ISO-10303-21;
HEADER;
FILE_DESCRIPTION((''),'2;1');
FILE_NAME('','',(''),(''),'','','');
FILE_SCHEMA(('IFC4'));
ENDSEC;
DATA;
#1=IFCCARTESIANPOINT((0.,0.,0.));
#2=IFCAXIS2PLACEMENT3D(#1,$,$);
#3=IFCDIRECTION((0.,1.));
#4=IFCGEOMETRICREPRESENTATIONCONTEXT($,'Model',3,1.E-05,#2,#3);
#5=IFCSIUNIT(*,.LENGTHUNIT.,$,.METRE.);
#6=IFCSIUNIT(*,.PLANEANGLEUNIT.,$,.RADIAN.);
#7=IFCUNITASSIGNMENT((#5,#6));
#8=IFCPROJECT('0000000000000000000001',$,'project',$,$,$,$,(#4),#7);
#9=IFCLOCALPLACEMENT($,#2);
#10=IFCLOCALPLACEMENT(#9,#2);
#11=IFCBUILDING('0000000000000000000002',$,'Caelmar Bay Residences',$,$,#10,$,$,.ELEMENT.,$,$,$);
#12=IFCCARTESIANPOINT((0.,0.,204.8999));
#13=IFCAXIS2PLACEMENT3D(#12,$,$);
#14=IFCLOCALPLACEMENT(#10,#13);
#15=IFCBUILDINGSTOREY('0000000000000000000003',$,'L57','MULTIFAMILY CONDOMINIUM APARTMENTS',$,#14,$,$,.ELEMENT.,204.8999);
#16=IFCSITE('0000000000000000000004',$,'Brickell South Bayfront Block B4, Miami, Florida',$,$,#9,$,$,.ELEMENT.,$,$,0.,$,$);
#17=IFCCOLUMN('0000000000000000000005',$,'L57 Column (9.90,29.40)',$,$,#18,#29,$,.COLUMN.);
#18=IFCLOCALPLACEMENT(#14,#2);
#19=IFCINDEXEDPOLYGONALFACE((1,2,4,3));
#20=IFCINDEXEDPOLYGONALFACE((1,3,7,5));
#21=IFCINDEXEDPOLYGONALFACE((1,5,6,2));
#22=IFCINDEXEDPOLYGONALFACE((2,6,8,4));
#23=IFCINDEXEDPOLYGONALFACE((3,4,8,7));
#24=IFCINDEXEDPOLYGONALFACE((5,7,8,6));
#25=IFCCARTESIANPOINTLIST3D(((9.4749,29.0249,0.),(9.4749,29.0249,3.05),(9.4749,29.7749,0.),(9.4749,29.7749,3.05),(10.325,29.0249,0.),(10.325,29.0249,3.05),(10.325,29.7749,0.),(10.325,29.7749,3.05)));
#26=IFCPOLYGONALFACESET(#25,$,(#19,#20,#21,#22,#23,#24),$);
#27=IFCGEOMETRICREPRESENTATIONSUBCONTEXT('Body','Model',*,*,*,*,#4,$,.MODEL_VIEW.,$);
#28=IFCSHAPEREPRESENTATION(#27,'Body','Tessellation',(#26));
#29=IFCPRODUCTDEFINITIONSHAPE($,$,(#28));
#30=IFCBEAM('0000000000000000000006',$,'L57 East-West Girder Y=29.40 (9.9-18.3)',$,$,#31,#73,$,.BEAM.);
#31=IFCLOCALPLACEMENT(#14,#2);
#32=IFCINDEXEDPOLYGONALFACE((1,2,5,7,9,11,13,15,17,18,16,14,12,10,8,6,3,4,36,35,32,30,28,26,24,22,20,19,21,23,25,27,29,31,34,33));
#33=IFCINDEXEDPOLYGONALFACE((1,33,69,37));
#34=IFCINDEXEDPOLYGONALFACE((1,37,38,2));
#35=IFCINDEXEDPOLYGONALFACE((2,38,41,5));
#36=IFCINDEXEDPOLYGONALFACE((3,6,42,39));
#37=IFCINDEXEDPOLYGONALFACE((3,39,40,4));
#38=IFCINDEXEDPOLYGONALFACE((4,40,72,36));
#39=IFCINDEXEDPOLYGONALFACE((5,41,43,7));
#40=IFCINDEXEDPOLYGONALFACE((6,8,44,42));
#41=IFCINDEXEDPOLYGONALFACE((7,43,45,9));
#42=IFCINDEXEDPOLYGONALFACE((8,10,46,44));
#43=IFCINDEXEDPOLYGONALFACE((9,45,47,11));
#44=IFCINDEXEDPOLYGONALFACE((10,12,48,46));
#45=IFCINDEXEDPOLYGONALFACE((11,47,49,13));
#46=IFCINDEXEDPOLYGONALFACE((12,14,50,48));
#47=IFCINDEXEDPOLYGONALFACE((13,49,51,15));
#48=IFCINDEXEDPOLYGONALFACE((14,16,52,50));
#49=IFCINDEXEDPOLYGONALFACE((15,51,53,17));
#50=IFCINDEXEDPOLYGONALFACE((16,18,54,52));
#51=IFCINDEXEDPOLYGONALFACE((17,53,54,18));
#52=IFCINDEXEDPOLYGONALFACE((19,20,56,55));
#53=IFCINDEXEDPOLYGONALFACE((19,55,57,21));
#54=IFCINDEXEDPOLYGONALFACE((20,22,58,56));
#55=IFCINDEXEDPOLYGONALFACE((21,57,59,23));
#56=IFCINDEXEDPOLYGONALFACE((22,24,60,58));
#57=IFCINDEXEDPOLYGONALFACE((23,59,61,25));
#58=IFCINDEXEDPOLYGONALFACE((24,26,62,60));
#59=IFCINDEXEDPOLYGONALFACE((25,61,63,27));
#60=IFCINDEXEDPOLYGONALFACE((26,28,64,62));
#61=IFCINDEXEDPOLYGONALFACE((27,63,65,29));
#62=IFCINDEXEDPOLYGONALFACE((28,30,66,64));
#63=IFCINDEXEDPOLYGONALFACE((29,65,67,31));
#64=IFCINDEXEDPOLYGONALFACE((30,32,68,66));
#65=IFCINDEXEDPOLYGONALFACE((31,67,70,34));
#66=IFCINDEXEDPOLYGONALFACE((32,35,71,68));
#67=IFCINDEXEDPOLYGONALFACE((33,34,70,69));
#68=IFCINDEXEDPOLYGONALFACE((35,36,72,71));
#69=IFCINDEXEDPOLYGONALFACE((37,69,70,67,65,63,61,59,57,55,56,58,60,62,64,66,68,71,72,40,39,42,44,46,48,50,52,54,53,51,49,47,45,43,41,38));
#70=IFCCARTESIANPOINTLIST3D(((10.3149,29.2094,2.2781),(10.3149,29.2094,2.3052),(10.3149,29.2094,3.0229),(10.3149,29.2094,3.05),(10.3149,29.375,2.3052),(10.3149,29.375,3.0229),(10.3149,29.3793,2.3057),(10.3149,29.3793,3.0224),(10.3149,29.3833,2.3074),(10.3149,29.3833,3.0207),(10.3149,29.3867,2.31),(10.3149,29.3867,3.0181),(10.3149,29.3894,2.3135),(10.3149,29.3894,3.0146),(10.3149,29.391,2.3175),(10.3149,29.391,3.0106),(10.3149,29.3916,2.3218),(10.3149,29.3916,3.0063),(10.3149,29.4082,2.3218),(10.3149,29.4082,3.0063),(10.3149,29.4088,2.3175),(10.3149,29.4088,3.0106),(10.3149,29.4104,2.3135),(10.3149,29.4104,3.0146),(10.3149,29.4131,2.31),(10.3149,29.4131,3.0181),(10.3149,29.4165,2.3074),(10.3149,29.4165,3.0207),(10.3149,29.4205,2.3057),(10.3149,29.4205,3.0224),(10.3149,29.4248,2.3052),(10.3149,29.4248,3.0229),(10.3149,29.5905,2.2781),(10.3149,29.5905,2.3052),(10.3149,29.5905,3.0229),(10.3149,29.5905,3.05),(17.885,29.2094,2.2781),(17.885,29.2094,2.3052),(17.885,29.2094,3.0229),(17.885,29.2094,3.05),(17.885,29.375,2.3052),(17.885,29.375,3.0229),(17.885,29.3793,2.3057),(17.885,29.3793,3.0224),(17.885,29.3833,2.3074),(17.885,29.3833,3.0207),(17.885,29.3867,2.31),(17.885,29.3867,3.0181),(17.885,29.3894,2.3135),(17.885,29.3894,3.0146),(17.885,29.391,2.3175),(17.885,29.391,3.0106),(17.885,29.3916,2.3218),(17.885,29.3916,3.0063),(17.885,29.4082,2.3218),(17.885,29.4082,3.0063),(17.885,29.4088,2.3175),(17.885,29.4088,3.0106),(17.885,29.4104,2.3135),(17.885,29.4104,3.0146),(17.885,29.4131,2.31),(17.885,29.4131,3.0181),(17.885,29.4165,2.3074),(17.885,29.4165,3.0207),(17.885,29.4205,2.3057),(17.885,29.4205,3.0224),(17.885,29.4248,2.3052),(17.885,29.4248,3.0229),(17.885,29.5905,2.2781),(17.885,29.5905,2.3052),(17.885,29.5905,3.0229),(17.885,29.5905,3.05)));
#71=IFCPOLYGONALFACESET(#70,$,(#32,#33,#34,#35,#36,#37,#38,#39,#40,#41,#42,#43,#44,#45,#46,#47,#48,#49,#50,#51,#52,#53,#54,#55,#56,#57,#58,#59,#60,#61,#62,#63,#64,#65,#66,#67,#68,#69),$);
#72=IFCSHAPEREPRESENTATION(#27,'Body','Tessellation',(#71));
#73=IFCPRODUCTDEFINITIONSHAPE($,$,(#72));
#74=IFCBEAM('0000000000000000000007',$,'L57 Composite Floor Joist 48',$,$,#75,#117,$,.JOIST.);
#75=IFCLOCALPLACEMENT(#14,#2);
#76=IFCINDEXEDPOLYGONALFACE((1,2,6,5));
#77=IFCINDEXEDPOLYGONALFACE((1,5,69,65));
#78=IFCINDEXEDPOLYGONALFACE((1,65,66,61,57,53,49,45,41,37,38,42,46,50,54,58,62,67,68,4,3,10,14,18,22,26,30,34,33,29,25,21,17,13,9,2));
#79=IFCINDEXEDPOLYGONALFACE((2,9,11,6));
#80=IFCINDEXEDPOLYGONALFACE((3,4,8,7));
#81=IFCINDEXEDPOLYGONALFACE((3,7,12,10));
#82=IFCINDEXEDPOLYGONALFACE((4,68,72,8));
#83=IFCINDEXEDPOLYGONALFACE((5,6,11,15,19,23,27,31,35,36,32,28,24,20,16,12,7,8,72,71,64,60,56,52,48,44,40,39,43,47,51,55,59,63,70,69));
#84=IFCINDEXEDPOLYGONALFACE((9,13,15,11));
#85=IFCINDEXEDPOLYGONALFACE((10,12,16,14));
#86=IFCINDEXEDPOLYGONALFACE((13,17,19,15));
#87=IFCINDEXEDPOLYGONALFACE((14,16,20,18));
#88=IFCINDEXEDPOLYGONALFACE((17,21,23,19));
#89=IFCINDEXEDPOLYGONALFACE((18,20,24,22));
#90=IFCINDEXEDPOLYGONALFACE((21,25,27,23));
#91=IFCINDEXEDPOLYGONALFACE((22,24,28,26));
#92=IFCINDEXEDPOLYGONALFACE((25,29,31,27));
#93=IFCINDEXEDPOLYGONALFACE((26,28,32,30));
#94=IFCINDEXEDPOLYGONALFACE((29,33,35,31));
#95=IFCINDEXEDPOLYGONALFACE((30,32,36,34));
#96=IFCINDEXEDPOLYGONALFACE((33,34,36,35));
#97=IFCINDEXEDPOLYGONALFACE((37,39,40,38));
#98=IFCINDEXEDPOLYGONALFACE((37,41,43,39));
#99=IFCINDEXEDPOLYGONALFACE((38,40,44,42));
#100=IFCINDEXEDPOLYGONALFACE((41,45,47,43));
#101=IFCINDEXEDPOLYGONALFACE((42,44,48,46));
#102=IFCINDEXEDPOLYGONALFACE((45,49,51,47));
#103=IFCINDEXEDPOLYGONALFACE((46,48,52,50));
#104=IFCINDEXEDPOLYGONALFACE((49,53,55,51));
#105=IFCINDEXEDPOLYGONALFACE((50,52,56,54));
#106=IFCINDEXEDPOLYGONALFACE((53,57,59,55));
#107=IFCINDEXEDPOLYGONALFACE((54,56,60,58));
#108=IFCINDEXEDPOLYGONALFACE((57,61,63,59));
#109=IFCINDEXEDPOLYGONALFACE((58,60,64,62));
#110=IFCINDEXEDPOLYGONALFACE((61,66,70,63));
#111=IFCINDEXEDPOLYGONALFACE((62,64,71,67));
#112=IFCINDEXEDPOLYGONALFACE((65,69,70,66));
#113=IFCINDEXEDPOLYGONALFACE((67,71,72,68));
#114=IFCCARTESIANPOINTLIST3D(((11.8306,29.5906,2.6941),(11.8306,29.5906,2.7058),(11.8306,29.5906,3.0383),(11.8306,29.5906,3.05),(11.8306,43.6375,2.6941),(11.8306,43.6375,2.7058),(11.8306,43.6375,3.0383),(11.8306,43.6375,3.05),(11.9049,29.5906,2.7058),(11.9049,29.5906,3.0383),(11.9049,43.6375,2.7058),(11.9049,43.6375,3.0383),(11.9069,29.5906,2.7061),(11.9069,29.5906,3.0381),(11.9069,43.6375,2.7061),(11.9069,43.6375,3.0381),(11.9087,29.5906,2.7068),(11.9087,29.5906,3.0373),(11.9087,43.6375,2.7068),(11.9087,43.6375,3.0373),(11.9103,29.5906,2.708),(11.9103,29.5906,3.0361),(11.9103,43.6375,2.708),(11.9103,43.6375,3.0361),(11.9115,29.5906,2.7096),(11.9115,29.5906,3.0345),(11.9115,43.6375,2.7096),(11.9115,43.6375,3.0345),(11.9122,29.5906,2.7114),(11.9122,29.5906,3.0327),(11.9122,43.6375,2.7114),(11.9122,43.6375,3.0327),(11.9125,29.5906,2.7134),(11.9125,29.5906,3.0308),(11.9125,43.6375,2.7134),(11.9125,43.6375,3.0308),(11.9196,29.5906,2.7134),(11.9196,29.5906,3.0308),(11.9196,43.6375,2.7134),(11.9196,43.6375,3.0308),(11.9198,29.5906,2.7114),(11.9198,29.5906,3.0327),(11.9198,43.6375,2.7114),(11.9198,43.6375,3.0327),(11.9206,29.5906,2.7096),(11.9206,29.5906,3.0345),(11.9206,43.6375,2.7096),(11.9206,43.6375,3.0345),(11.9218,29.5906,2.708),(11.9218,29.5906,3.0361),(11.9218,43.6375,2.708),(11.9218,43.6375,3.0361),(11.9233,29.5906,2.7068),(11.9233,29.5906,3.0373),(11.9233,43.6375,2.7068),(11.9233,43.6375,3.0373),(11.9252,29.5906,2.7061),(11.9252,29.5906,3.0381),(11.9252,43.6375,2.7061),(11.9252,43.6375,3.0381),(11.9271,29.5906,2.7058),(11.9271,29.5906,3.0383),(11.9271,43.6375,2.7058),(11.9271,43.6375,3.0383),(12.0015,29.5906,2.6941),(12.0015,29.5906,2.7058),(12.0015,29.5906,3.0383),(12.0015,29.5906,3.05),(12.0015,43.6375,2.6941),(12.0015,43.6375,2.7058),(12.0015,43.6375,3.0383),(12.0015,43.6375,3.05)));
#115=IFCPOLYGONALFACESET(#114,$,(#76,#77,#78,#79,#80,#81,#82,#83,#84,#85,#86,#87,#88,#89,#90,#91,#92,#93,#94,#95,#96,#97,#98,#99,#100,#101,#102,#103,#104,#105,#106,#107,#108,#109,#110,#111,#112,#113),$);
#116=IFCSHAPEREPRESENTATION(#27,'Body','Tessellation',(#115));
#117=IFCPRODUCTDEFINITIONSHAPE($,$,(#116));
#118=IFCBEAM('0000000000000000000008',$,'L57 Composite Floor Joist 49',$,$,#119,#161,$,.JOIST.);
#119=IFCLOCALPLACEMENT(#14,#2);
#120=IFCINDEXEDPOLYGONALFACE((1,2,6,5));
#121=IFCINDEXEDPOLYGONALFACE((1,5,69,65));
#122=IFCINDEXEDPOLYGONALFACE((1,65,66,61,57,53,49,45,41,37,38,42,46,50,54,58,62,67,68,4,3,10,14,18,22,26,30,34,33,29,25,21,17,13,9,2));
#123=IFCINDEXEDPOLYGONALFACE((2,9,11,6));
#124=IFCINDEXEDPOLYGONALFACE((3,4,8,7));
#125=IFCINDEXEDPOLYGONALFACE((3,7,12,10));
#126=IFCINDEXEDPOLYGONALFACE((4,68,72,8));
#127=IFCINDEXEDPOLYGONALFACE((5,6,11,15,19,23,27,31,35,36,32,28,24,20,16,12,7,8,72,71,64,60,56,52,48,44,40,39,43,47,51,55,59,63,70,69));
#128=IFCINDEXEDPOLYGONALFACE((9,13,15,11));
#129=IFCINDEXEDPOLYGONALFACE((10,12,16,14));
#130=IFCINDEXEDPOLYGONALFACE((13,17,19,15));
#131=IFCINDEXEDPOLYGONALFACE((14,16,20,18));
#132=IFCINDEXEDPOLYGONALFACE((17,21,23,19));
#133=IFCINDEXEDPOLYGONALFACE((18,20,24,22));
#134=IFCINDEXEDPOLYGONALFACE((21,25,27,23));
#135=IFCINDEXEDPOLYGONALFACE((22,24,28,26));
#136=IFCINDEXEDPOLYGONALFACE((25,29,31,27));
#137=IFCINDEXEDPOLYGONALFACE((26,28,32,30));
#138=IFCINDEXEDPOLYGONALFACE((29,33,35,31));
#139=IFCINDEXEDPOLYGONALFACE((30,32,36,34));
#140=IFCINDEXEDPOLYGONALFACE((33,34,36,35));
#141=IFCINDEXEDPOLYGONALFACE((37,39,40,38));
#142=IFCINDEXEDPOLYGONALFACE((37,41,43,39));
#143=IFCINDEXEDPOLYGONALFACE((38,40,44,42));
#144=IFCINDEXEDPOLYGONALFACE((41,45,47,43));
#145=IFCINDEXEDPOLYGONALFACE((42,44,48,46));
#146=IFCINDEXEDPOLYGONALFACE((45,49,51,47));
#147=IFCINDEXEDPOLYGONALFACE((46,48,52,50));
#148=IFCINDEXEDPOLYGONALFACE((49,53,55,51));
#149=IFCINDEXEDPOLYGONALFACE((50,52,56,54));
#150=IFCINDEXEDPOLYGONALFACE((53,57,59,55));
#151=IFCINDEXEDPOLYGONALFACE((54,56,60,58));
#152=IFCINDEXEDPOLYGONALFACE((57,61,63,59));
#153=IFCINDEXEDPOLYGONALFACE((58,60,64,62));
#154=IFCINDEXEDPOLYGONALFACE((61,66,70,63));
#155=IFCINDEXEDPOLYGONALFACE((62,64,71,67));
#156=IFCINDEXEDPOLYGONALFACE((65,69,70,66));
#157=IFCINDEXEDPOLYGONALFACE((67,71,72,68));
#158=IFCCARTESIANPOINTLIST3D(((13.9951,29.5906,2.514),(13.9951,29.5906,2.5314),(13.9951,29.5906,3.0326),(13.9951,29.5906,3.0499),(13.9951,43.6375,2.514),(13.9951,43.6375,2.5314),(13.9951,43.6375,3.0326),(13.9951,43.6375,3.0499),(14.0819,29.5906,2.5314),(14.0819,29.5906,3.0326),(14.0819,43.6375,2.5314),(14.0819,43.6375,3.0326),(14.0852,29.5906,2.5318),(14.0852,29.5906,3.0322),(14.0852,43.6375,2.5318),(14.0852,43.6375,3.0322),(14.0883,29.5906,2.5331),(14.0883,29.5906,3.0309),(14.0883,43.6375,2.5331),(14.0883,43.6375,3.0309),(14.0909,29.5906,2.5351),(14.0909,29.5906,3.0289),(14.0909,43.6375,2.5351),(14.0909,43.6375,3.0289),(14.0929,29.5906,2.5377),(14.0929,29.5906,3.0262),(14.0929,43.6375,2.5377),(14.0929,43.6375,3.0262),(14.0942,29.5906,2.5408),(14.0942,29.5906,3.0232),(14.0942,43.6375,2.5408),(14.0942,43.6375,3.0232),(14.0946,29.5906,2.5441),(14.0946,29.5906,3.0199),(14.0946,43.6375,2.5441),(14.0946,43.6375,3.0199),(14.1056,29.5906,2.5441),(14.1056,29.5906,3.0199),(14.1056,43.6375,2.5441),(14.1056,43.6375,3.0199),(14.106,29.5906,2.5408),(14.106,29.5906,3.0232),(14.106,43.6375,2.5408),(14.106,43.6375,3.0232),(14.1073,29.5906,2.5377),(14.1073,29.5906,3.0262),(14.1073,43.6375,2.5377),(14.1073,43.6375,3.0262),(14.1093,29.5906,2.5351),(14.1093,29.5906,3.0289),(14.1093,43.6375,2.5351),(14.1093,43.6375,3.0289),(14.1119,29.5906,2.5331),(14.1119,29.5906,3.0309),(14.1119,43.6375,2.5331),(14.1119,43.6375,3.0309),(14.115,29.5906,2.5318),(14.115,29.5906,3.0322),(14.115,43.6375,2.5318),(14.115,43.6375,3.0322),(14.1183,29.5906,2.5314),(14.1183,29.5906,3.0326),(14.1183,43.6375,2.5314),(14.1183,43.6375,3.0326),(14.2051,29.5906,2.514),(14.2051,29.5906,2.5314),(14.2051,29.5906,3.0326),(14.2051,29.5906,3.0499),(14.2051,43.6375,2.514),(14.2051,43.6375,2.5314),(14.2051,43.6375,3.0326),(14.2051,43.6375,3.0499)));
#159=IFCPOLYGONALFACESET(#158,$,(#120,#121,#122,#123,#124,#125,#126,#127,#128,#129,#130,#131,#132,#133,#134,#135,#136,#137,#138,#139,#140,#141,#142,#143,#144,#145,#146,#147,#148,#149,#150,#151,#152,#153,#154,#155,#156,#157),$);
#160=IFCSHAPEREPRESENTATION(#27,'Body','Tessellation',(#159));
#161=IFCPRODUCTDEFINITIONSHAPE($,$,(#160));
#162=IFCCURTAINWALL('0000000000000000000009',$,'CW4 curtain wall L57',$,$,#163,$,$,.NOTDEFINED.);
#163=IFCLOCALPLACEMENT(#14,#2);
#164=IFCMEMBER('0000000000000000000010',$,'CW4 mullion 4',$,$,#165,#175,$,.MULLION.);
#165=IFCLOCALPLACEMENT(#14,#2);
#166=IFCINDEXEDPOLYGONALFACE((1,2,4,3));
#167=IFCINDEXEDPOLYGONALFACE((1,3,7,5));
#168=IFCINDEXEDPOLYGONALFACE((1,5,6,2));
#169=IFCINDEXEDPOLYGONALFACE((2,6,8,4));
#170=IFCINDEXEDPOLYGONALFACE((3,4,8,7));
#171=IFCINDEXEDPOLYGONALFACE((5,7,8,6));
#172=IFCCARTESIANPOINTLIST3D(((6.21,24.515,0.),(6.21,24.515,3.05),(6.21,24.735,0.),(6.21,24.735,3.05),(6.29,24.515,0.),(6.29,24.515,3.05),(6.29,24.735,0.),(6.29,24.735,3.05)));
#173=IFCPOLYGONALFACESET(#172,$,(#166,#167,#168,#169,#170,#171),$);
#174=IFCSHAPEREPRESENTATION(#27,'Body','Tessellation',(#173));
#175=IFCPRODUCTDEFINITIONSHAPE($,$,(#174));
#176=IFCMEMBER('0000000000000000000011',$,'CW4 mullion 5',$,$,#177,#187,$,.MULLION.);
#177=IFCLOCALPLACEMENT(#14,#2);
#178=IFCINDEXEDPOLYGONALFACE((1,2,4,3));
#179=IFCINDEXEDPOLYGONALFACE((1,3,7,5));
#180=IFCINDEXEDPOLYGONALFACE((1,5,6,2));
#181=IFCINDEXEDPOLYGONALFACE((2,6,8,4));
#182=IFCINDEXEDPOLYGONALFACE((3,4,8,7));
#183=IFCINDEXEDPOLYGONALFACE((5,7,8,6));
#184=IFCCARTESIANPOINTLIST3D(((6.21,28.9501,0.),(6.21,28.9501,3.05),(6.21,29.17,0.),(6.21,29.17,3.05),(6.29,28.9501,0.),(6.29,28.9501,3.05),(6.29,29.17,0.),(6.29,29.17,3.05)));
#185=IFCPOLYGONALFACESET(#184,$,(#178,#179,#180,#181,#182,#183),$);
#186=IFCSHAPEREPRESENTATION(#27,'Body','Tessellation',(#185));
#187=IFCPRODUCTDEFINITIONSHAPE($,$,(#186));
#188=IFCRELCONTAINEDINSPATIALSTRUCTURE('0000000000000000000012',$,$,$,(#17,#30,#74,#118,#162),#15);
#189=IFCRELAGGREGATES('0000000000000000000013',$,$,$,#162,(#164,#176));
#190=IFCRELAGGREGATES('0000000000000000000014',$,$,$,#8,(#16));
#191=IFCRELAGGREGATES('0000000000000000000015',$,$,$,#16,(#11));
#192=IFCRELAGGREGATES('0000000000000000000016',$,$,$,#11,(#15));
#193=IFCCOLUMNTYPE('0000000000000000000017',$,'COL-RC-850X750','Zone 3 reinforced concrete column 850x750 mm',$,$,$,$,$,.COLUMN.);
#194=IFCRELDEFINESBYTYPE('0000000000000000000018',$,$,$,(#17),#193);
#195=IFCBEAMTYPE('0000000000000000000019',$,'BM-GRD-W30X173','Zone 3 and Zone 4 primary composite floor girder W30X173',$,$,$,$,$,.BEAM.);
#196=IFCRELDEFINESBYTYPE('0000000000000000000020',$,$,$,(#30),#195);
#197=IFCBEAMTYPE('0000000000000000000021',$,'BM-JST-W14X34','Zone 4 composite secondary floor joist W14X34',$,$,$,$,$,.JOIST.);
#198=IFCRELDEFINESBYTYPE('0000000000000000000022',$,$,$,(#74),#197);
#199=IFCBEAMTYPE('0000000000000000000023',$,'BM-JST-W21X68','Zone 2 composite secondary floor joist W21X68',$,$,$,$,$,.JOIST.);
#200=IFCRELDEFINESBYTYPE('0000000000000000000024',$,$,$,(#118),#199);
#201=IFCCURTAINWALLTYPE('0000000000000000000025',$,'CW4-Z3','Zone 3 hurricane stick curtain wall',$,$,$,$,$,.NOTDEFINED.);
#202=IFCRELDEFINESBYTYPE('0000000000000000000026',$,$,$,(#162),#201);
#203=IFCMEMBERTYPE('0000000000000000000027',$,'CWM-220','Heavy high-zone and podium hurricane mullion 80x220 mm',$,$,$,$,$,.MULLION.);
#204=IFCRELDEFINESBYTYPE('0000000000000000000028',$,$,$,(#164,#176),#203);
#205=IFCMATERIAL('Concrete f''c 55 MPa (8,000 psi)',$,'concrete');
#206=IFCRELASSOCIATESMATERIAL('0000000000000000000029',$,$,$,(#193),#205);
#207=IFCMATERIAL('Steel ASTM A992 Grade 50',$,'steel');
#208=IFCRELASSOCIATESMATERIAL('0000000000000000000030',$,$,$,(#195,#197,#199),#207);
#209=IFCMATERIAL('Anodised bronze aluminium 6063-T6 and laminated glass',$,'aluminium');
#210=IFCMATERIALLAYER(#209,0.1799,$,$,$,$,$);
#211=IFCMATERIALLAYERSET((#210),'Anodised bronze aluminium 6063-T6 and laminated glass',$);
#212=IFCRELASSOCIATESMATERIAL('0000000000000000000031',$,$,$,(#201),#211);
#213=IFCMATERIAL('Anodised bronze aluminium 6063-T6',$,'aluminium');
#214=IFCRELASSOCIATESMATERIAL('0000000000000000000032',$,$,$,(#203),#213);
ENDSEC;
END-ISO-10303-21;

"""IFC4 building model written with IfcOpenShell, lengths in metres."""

from ifc_helpers import new_model, si_unit, direction, frame, origin, origin_2d, place, context, subcontext, project, spatial, rectangle, i_section, extrude, material, layer, layer_set, material_profile, profile_set, type_object, element, aggregate, save


model = new_model("IFC4")

# Units and contexts
model_context = context("Model", 3, precision=1e-05, world=origin(), true_north=direction((0.0, 1.0)))
body_context = subcontext(model_context, "Body", "Model", "MODEL_VIEW")
ifc_project = project(units=[si_unit("LENGTHUNIT", "METRE"), si_unit("PLANEANGLEUNIT", "RADIAN")], contexts=[model_context])

# Site, building, storey
site_placement = place(None, origin())
site = spatial("IfcSite", under=ifc_project, at=site_placement, Name="Brickell South Bayfront Block B4, Miami, Florida", CompositionType="ELEMENT", RefElevation=0.0)
building_placement = place(site_placement, origin())
building = spatial("IfcBuilding", under=site, at=building_placement, Name="Caelmar Bay Residences", CompositionType="ELEMENT")
storey_placement = place(building_placement, frame((0.0, 0.0, 204.8999)))
storey = spatial("IfcBuildingStorey", under=building, at=storey_placement, Name="L57", Description="MULTIFAMILY CONDOMINIUM APARTMENTS", CompositionType="ELEMENT", Elevation=204.8999)

# Column
ifc_material_1 = material(Name="Concrete f'c 55 MPa (8,000 psi)", Category="concrete")
ifc_material_profile_1 = material_profile(ifc_material_1, rectangle(XDim=0.8501, YDim=0.75, at=origin_2d()), Name="RC-COL-850X750")
ifc_profile_set_1 = profile_set([ifc_material_profile_1], Name="Concrete f'c 55 MPa (8,000 psi)")
column_type = type_object("IfcColumnType", Name="COL-RC-850X750", Description="Zone 3 reinforced concrete column 850x750 mm", PredefinedType="COLUMN", material=ifc_profile_set_1)
column_placement = place(storey_placement, frame((9.8999, 29.3999, 0.0), z_axis=(0.0, 0.0, 1.0), x_axis=(1.0, 0.0, 0.0)))
element("IfcColumn", 1, at=column_placement, inside=storey, type_object=column_type, Name="L57 Column (9.90,29.40)", PredefinedType="COLUMN", context=body_context, shape_type="SweptSolid", body=[
    extrude(rectangle(XDim=0.8501, YDim=0.75, at=origin_2d()), origin(), (0.0, 0.0, 1.0), 3.05),
])

# Beams
ifc_material_2 = material(Name="Steel ASTM A992 Grade 50", Category="steel")
ifc_material_profile_2 = material_profile(ifc_material_2, i_section(OverallWidth=0.3811, OverallDepth=0.772, WebThickness=0.0166, FlangeThickness=0.0271, FilletRadius=0.0166, at=origin_2d()), Name="W30X173")
ifc_profile_set_2 = profile_set([ifc_material_profile_2], Name="Steel ASTM A992 Grade 50")
beam_type_1 = type_object("IfcBeamType", Name="BM-GRD-W30X173", Description="Zone 3 and Zone 4 primary composite floor girder W30X173", PredefinedType="BEAM", material=ifc_profile_set_2)
beam_1_placement = place(storey_placement, frame((10.3149, 29.3999, 2.6641), z_axis=(1.0, 0.0, 0.0), x_axis=(0.0, 1.0, 0.0)))
element("IfcBeam", 2, at=beam_1_placement, inside=storey, type_object=beam_type_1, Name="L57 East-West Girder Y=29.40 (9.9-18.3)", PredefinedType="BEAM", context=body_context, shape_type="SweptSolid", body=[
    extrude(i_section(OverallWidth=0.3811, OverallDepth=0.772, WebThickness=0.0166, FlangeThickness=0.0271, FilletRadius=0.0166, at=origin_2d()), origin(), (0.0, 0.0, 1.0), 7.5701),
])
ifc_material_profile_3 = material_profile(ifc_material_2, i_section(OverallWidth=0.1709, OverallDepth=0.356, WebThickness=0.0071, FlangeThickness=0.0117, FilletRadius=0.0076, at=origin_2d()), Name="W14X34")
ifc_profile_set_3 = profile_set([ifc_material_profile_3], Name="Steel ASTM A992 Grade 50")
beam_type_2 = type_object("IfcBeamType", Name="BM-JST-W14X34", Description="Zone 4 composite secondary floor joist W14X34", PredefinedType="JOIST", material=ifc_profile_set_3)
beam_2_placement = place(storey_placement, frame((11.916, 29.5906, 2.8721), z_axis=(0.0, 1.0, 0.0), x_axis=(-1.0, 0.0, 0.0)))
element("IfcBeam", 3, at=beam_2_placement, inside=storey, type_object=beam_type_2, Name="L57 Composite Floor Joist 48", PredefinedType="JOIST", context=body_context, shape_type="SweptSolid", body=[
    extrude(i_section(OverallWidth=0.1709, OverallDepth=0.356, WebThickness=0.0071, FlangeThickness=0.0117, FilletRadius=0.0076, at=origin_2d()), origin(), (0.0, 0.0, 1.0), 14.0469),
])
ifc_material_profile_4 = material_profile(ifc_material_2, i_section(OverallWidth=0.21, OverallDepth=0.5359, WebThickness=0.011, FlangeThickness=0.0173, FilletRadius=0.0127, at=origin_2d()), Name="W21X68")
ifc_profile_set_4 = profile_set([ifc_material_profile_4], Name="Steel ASTM A992 Grade 50")
beam_type_3 = type_object("IfcBeamType", Name="BM-JST-W21X68", Description="Zone 2 composite secondary floor joist W21X68", PredefinedType="JOIST", material=ifc_profile_set_4)
beam_3_placement = place(storey_placement, frame((14.1001, 29.5906, 2.782), z_axis=(0.0, 1.0, 0.0), x_axis=(-1.0, 0.0, 0.0)))
element("IfcBeam", 4, at=beam_3_placement, inside=storey, type_object=beam_type_3, Name="L57 Composite Floor Joist 49", PredefinedType="JOIST", context=body_context, shape_type="SweptSolid", body=[
    extrude(i_section(OverallWidth=0.21, OverallDepth=0.5359, WebThickness=0.011, FlangeThickness=0.0173, FilletRadius=0.0127, at=origin_2d()), origin(), (0.0, 0.0, 1.0), 14.0469),
])

# Curtain wall, members
ifc_material_3 = material(Name="Anodised bronze aluminium 6063-T6 and laminated glass", Category="aluminium")
ifc_layer_1 = layer(ifc_material_3, 0.1799)
ifc_layer_set_1 = layer_set([ifc_layer_1], Name="Anodised bronze aluminium 6063-T6 and laminated glass")
curtain_wall_type = type_object("IfcCurtainWallType", Name="CW4-Z3", Description="Zone 3 hurricane stick curtain wall", PredefinedType="NOTDEFINED", material=ifc_layer_set_1)
curtain_wall_placement = place(storey_placement, origin())
curtain_wall = element("IfcCurtainWall", 5, at=curtain_wall_placement, inside=storey, type_object=curtain_wall_type, Name="CW4 curtain wall L57", PredefinedType="NOTDEFINED")
ifc_material_4 = material(Name="Anodised bronze aluminium 6063-T6", Category="aluminium")
ifc_material_profile_5 = material_profile(ifc_material_4, rectangle(XDim=0.0801, YDim=0.22, at=origin_2d()), Name="CWM-80X220")
ifc_profile_set_5 = profile_set([ifc_material_profile_5], Name="Anodised bronze aluminium 6063-T6")
member_type_1 = type_object("IfcMemberType", Name="CWM-220", Description="Heavy high-zone and podium hurricane mullion 80x220 mm", PredefinedType="MULLION", material=ifc_profile_set_5)
member_1_placement = place(storey_placement, frame((6.25, 24.625, 0.0), z_axis=(0.0, 0.0, 1.0), x_axis=(-1.0, 0.0, 0.0)))
member_1 = element("IfcMember", 6, at=member_1_placement, type_object=member_type_1, Name="CW4 mullion 4", PredefinedType="MULLION", context=body_context, shape_type="SweptSolid", body=[
    extrude(rectangle(XDim=0.0801, YDim=0.22, at=origin_2d()), origin(), (0.0, 0.0, 1.0), 3.05),
])
member_2_placement = place(storey_placement, frame((6.25, 29.0601, 0.0), z_axis=(0.0, 0.0, 1.0), x_axis=(-1.0, 0.0, 0.0)))
member_2 = element("IfcMember", 7, at=member_2_placement, type_object=member_type_1, Name="CW4 mullion 5", PredefinedType="MULLION", context=body_context, shape_type="SweptSolid", body=[
    extrude(rectangle(XDim=0.0801, YDim=0.22, at=origin_2d()), origin(), (0.0, 0.0, 1.0), 3.05),
])
aggregate(curtain_wall, [member_1, member_2])

save(model, "model.ifc")
